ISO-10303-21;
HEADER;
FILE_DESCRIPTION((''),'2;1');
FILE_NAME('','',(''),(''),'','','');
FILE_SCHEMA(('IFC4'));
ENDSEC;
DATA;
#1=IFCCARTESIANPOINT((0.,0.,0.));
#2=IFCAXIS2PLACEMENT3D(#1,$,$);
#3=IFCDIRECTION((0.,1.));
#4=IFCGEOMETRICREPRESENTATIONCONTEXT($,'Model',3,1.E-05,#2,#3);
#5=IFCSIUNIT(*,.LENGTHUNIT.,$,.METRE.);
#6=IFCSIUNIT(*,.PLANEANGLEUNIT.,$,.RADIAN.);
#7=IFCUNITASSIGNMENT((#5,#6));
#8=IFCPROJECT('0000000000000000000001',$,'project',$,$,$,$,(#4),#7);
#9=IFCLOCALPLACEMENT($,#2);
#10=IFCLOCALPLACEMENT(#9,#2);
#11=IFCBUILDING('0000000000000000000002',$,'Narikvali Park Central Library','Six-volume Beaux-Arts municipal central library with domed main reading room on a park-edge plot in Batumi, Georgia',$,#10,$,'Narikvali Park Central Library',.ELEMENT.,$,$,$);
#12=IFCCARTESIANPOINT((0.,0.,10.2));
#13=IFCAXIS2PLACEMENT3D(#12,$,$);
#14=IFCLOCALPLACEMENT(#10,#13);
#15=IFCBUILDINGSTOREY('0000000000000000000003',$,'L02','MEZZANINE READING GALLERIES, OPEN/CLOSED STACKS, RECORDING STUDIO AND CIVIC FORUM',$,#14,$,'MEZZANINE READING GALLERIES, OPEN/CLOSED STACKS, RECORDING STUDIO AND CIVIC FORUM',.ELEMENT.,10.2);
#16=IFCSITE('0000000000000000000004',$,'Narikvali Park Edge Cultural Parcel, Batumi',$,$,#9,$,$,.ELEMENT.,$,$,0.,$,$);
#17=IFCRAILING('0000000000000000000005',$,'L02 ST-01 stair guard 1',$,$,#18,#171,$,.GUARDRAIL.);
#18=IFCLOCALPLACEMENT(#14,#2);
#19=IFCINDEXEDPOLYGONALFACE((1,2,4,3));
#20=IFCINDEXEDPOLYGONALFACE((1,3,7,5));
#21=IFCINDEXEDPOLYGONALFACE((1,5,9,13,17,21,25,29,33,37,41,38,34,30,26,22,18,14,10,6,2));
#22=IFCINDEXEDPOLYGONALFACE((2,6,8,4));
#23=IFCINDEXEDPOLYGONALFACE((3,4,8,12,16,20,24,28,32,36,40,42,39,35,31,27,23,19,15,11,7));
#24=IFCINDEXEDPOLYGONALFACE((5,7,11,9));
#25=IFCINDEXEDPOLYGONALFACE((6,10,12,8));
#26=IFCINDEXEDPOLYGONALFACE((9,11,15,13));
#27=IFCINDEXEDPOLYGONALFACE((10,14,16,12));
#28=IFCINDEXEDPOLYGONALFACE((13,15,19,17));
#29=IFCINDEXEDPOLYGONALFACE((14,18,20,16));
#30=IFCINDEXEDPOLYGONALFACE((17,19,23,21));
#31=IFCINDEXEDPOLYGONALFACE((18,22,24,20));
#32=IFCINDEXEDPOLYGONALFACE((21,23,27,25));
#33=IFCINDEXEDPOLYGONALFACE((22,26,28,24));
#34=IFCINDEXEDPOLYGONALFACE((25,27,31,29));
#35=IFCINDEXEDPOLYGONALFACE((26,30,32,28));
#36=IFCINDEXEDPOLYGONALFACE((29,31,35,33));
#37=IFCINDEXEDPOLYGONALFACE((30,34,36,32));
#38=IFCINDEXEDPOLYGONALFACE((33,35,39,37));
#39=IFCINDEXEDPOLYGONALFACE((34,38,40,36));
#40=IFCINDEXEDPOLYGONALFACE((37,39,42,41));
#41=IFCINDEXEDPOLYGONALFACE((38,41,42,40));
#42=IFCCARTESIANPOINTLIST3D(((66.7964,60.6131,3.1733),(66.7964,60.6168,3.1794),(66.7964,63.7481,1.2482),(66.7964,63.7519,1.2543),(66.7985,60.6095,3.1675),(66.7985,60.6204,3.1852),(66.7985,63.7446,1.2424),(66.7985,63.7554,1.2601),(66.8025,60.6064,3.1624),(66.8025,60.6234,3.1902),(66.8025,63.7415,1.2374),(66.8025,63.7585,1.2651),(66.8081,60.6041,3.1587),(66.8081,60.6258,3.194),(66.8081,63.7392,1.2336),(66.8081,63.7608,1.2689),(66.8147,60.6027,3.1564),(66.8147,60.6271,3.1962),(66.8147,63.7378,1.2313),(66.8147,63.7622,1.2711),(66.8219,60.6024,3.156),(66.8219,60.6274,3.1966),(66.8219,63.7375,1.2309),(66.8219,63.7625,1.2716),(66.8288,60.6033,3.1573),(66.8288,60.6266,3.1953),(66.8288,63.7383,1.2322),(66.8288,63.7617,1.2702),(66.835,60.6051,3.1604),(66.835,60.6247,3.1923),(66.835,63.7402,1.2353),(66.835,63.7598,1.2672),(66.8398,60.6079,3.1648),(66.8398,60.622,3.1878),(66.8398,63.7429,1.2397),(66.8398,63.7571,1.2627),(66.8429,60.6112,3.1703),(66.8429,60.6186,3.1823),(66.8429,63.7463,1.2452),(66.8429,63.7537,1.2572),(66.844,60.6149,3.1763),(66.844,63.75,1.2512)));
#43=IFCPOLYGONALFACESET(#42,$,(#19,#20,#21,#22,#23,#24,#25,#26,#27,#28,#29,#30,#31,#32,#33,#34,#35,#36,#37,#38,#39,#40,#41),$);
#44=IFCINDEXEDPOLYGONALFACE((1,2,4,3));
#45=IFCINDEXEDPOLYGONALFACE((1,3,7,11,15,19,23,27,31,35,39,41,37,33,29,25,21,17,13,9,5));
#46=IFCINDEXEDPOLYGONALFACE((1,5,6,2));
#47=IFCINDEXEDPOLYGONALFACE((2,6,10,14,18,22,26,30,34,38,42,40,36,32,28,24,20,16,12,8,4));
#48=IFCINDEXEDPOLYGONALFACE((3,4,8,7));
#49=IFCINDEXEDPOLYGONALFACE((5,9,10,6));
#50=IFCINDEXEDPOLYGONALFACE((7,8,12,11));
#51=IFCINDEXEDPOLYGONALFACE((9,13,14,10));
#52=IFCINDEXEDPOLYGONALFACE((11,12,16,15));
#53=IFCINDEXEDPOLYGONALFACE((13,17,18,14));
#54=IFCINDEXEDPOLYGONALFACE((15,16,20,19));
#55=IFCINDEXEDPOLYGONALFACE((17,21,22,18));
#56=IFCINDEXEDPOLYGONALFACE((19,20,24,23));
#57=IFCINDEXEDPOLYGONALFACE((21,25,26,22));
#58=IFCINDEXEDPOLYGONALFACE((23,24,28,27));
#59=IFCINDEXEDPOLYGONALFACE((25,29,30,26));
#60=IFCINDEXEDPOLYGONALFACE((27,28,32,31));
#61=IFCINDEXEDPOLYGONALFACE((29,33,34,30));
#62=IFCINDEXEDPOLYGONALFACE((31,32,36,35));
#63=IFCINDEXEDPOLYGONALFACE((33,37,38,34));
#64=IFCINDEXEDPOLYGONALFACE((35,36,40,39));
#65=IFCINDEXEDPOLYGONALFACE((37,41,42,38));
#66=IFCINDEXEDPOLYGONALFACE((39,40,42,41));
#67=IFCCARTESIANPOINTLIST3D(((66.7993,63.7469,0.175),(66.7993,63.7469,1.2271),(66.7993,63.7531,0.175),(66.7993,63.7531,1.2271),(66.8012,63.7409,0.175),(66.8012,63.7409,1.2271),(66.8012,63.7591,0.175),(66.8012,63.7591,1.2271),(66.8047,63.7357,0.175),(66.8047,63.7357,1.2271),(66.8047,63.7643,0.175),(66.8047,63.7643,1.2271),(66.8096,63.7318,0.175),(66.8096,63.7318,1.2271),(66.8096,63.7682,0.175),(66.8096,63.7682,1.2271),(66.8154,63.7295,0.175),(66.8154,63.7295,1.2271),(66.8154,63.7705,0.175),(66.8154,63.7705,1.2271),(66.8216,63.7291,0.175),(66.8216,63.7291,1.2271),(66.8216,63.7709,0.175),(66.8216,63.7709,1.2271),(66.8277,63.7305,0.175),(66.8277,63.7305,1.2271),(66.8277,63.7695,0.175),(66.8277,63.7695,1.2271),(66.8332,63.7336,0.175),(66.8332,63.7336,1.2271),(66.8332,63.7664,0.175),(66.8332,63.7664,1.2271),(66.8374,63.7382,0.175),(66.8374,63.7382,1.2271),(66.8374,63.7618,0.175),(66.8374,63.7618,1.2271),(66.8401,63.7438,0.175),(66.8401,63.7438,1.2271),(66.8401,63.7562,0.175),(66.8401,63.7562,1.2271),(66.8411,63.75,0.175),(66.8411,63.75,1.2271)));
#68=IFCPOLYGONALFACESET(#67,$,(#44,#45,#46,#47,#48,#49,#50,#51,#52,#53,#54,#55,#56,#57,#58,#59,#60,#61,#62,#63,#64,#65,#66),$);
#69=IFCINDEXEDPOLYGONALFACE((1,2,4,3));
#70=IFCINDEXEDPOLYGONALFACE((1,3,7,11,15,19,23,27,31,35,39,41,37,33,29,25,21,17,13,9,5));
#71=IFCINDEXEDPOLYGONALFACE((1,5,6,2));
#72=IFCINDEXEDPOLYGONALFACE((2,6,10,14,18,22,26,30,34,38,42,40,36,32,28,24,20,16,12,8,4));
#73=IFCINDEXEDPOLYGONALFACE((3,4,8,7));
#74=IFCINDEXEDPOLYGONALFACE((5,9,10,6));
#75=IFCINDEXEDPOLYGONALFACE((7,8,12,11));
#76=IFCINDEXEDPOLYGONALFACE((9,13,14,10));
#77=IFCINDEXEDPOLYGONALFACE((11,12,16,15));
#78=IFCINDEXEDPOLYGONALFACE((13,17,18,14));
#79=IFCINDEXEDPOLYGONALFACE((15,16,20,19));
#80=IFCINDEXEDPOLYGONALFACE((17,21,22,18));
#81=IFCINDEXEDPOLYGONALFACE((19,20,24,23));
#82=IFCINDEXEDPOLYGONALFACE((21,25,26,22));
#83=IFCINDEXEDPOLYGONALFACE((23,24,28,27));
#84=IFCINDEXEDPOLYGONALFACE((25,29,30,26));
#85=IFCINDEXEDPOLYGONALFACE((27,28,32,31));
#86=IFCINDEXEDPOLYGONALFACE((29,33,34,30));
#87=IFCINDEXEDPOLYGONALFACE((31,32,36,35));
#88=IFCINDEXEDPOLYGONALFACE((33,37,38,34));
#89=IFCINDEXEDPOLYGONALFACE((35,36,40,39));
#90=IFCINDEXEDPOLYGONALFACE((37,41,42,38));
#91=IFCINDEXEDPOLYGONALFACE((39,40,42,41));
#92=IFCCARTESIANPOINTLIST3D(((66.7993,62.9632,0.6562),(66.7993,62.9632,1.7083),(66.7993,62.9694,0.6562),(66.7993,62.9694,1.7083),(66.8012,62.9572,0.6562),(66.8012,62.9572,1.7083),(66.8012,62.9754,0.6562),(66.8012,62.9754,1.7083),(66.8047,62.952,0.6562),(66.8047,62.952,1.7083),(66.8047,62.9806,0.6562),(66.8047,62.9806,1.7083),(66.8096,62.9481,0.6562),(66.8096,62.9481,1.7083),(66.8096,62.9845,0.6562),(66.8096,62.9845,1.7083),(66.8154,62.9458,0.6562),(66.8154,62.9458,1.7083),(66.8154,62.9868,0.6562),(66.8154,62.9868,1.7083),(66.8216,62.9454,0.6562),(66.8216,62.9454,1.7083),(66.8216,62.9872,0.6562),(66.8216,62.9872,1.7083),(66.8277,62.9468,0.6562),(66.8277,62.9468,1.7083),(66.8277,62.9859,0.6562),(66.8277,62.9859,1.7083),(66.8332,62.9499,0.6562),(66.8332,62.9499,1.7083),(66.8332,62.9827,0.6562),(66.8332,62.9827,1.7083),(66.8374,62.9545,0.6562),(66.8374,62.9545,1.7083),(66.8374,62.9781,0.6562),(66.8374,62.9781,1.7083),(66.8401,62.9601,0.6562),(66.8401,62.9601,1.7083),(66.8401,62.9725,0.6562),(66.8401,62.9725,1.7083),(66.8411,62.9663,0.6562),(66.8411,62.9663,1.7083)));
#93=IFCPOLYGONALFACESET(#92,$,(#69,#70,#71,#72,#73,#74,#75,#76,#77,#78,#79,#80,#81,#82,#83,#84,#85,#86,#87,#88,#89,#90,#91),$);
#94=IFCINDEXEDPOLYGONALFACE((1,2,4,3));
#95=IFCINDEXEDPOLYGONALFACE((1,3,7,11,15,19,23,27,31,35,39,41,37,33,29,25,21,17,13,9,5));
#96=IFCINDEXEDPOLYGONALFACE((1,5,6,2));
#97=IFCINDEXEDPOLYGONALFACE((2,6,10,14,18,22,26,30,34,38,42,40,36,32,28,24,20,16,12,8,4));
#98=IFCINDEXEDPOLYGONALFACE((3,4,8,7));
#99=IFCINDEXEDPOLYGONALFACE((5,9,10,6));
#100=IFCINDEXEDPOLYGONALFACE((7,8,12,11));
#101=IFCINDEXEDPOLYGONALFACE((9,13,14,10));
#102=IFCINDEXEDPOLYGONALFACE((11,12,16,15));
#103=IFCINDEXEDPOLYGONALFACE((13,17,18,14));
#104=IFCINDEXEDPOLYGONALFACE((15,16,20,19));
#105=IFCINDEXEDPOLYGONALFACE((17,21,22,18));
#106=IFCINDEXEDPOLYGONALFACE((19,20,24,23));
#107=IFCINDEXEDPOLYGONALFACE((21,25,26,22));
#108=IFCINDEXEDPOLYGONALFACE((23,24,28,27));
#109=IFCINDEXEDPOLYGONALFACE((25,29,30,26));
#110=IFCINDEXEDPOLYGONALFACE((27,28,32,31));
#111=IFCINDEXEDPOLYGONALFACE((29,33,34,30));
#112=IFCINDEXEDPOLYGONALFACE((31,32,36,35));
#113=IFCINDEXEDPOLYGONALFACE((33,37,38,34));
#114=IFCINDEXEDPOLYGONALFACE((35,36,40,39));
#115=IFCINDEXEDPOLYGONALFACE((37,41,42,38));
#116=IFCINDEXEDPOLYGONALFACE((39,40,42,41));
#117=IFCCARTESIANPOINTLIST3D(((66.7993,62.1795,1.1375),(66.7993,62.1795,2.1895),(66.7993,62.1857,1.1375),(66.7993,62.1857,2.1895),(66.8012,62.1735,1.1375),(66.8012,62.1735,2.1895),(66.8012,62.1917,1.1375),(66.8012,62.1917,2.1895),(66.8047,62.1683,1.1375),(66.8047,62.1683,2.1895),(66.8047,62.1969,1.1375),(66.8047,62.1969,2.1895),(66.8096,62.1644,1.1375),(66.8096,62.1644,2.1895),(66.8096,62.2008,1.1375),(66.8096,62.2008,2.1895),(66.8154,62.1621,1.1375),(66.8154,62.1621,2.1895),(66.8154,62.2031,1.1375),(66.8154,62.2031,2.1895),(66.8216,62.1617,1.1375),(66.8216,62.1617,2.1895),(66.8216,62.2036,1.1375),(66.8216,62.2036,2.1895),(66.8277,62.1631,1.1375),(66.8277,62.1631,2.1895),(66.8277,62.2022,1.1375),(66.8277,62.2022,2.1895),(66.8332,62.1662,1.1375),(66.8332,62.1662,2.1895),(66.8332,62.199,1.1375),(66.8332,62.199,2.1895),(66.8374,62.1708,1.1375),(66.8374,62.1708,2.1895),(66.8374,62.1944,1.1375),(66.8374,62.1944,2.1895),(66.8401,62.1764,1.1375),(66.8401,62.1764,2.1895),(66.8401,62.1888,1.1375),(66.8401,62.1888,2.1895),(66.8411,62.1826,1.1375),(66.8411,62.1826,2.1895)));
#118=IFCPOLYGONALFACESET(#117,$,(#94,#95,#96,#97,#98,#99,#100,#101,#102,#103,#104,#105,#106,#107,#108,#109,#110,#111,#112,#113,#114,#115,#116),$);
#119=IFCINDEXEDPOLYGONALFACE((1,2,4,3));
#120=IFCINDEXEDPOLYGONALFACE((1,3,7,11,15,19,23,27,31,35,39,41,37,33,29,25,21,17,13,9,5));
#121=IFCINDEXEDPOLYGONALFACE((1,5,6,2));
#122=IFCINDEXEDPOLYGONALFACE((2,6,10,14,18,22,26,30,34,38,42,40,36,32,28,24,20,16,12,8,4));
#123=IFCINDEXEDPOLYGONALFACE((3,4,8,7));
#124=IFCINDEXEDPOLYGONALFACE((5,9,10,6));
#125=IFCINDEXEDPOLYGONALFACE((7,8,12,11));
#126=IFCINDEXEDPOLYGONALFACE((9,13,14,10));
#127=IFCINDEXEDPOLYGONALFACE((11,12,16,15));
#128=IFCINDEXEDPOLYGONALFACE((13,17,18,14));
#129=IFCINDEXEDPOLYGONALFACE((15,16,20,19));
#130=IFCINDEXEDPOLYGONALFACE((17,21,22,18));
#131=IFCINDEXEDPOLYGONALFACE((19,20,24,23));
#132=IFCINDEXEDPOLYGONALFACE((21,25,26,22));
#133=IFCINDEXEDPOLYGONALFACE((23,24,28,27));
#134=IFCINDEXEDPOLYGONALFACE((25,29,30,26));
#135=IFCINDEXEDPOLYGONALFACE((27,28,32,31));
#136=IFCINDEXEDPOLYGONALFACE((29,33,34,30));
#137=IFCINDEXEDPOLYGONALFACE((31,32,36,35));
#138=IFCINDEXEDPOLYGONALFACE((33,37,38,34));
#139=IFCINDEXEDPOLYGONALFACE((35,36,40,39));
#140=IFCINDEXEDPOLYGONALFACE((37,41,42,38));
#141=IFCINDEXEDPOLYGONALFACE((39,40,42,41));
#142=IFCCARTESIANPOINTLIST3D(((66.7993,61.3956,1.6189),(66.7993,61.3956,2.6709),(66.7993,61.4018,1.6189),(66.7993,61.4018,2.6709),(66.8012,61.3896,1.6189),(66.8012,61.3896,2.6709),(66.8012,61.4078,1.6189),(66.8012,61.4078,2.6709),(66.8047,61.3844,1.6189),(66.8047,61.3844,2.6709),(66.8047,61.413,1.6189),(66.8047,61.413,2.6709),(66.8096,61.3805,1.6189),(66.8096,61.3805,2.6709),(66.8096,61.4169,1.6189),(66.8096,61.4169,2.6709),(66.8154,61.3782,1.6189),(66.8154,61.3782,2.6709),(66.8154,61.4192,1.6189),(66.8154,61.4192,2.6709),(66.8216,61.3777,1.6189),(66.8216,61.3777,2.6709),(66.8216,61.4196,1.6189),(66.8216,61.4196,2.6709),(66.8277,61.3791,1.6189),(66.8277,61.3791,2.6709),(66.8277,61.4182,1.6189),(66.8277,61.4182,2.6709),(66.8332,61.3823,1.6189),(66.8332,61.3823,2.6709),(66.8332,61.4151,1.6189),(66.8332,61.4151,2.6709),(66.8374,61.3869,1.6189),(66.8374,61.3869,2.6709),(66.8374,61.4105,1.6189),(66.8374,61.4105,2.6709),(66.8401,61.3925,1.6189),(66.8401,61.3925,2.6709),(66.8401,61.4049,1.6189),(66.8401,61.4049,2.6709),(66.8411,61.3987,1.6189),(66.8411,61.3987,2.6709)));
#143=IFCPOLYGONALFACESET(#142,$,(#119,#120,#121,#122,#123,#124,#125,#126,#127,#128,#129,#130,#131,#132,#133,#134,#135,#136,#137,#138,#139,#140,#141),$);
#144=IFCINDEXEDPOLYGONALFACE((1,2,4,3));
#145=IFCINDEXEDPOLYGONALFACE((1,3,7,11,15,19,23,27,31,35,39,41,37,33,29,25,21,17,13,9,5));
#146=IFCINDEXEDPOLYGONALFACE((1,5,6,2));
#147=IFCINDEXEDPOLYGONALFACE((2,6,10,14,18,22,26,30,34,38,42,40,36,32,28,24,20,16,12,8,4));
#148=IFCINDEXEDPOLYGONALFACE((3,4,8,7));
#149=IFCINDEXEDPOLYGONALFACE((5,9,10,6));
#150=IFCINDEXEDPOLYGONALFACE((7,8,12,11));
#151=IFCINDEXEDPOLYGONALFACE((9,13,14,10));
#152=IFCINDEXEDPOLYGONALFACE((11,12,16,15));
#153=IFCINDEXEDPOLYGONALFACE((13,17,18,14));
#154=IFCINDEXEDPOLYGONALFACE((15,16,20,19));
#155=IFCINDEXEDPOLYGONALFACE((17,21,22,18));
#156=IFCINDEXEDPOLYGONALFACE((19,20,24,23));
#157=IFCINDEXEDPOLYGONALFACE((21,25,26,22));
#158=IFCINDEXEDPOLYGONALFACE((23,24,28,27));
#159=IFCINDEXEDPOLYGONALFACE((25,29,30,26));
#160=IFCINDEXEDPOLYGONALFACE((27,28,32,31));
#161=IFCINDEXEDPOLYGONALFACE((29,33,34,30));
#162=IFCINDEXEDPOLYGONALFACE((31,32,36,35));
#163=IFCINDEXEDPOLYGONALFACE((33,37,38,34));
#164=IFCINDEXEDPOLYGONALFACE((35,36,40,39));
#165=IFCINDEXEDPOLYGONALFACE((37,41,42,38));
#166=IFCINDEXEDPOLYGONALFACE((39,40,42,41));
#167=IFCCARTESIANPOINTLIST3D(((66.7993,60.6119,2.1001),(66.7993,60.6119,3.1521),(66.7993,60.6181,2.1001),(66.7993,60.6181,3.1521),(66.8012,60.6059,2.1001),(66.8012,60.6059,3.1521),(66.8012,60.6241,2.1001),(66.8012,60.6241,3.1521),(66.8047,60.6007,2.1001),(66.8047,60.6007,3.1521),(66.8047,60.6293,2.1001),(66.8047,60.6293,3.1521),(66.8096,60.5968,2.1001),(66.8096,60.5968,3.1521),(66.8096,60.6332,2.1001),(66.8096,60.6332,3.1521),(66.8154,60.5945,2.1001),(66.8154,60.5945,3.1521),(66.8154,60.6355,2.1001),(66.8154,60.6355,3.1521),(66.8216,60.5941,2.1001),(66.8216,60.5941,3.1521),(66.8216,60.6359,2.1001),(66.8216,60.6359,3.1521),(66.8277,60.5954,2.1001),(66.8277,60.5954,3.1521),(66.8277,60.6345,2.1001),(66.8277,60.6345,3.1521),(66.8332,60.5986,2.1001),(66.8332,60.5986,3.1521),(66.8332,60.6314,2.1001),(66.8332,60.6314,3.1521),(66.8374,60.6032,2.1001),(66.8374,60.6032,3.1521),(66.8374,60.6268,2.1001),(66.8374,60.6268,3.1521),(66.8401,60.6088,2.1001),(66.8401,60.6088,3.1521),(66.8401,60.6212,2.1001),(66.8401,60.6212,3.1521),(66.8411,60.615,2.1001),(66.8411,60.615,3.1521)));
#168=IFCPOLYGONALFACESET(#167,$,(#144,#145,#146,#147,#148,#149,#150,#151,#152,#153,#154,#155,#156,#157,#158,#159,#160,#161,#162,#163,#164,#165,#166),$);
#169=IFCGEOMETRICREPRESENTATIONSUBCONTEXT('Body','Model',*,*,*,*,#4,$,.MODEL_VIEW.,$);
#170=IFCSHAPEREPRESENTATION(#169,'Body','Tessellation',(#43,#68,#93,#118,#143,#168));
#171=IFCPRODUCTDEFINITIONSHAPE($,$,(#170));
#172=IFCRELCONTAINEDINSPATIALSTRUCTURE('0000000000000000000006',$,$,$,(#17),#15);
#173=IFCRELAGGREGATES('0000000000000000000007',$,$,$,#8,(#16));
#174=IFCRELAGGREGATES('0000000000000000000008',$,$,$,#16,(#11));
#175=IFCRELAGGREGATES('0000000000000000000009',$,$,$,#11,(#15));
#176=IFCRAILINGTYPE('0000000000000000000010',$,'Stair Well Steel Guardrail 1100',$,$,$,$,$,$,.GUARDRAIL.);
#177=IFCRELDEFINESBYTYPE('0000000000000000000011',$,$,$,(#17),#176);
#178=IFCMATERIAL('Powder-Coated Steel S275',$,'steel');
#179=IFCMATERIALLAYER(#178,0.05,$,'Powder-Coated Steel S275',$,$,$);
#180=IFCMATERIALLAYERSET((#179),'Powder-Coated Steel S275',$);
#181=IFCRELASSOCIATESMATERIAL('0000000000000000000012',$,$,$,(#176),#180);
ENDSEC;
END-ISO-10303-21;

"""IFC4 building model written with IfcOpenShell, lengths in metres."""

from ifc_helpers import new_model, si_unit, direction, frame, origin, origin_2d, place, context, subcontext, project, spatial, circle, extrude, material, layer, layer_set, type_object, element, save


model = new_model("IFC4")

# Units and contexts
model_context = context("Model", 3, precision=1e-05, world=origin(), true_north=direction((0.0, 1.0)))
body_context = subcontext(model_context, "Body", "Model", "MODEL_VIEW")
ifc_project = project(units=[si_unit("LENGTHUNIT", "METRE"), si_unit("PLANEANGLEUNIT", "RADIAN")], contexts=[model_context])

# Site, building, storey
site_placement = place(None, origin())
site = spatial("IfcSite", under=ifc_project, at=site_placement, Name="Narikvali Park Edge Cultural Parcel, Batumi", CompositionType="ELEMENT", RefElevation=0.0)
building_placement = place(site_placement, origin())
building = spatial("IfcBuilding", under=site, at=building_placement, Name="Narikvali Park Central Library", Description="Six-volume Beaux-Arts municipal central library with domed main reading room on a park-edge plot in Batumi, Georgia", LongName="Narikvali Park Central Library", CompositionType="ELEMENT")
storey_placement = place(building_placement, frame((0.0, 0.0, 10.2)))
storey = spatial("IfcBuildingStorey", under=building, at=storey_placement, Name="L02", Description="MEZZANINE READING GALLERIES, OPEN/CLOSED STACKS, RECORDING STUDIO AND CIVIC FORUM", LongName="MEZZANINE READING GALLERIES, OPEN/CLOSED STACKS, RECORDING STUDIO AND CIVIC FORUM", CompositionType="ELEMENT", Elevation=10.2)

# Railing
ifc_material_1 = material(Name="Powder-Coated Steel S275", Category="steel")
ifc_layer_1 = layer(ifc_material_1, 0.05, Name="Powder-Coated Steel S275")
ifc_layer_set_1 = layer_set([ifc_layer_1], Name="Powder-Coated Steel S275")
railing_type_1 = type_object("IfcRailingType", Name="Stair Well Steel Guardrail 1100", PredefinedType="GUARDRAIL", material=ifc_layer_set_1)
railing_1_placement = place(storey_placement, frame((66.8201, 63.75, 0.175)))
element("IfcRailing", 1, at=railing_1_placement, inside=storey, type_object=railing_type_1, Name="L02 ST-01 stair guard 1", PredefinedType="GUARDRAIL", context=body_context, shape_type="SweptSolid", body=[
    extrude(circle(Radius=0.0239, at=origin_2d()), frame((0.0, 0.0, 1.0762), z_axis=(0.0, -0.852166, 0.523271), x_axis=(1.0, 0.0, 0.0)), (0.0, 0.0, 1.0), 3.679),
    extrude(circle(Radius=0.021, at=origin_2d()), origin(), (0.0, 0.0, 1.0), 1.052),
    extrude(circle(Radius=0.021, at=origin_2d()), frame((0.0, -0.7837, 0.4812)), (0.0, 0.0, 1.0), 1.052),
    extrude(circle(Radius=0.021, at=origin_2d()), frame((0.0, -1.5674, 0.9624)), (0.0, 0.0, 1.0), 1.052),
    extrude(circle(Radius=0.021, at=origin_2d()), frame((0.0, -2.3513, 1.4438)), (0.0, 0.0, 1.0), 1.052),
    extrude(circle(Radius=0.021, at=origin_2d()), frame((0.0, -3.135, 1.925)), (0.0, 0.0, 1.0), 1.052),
])

save(model, "model.ifc")
